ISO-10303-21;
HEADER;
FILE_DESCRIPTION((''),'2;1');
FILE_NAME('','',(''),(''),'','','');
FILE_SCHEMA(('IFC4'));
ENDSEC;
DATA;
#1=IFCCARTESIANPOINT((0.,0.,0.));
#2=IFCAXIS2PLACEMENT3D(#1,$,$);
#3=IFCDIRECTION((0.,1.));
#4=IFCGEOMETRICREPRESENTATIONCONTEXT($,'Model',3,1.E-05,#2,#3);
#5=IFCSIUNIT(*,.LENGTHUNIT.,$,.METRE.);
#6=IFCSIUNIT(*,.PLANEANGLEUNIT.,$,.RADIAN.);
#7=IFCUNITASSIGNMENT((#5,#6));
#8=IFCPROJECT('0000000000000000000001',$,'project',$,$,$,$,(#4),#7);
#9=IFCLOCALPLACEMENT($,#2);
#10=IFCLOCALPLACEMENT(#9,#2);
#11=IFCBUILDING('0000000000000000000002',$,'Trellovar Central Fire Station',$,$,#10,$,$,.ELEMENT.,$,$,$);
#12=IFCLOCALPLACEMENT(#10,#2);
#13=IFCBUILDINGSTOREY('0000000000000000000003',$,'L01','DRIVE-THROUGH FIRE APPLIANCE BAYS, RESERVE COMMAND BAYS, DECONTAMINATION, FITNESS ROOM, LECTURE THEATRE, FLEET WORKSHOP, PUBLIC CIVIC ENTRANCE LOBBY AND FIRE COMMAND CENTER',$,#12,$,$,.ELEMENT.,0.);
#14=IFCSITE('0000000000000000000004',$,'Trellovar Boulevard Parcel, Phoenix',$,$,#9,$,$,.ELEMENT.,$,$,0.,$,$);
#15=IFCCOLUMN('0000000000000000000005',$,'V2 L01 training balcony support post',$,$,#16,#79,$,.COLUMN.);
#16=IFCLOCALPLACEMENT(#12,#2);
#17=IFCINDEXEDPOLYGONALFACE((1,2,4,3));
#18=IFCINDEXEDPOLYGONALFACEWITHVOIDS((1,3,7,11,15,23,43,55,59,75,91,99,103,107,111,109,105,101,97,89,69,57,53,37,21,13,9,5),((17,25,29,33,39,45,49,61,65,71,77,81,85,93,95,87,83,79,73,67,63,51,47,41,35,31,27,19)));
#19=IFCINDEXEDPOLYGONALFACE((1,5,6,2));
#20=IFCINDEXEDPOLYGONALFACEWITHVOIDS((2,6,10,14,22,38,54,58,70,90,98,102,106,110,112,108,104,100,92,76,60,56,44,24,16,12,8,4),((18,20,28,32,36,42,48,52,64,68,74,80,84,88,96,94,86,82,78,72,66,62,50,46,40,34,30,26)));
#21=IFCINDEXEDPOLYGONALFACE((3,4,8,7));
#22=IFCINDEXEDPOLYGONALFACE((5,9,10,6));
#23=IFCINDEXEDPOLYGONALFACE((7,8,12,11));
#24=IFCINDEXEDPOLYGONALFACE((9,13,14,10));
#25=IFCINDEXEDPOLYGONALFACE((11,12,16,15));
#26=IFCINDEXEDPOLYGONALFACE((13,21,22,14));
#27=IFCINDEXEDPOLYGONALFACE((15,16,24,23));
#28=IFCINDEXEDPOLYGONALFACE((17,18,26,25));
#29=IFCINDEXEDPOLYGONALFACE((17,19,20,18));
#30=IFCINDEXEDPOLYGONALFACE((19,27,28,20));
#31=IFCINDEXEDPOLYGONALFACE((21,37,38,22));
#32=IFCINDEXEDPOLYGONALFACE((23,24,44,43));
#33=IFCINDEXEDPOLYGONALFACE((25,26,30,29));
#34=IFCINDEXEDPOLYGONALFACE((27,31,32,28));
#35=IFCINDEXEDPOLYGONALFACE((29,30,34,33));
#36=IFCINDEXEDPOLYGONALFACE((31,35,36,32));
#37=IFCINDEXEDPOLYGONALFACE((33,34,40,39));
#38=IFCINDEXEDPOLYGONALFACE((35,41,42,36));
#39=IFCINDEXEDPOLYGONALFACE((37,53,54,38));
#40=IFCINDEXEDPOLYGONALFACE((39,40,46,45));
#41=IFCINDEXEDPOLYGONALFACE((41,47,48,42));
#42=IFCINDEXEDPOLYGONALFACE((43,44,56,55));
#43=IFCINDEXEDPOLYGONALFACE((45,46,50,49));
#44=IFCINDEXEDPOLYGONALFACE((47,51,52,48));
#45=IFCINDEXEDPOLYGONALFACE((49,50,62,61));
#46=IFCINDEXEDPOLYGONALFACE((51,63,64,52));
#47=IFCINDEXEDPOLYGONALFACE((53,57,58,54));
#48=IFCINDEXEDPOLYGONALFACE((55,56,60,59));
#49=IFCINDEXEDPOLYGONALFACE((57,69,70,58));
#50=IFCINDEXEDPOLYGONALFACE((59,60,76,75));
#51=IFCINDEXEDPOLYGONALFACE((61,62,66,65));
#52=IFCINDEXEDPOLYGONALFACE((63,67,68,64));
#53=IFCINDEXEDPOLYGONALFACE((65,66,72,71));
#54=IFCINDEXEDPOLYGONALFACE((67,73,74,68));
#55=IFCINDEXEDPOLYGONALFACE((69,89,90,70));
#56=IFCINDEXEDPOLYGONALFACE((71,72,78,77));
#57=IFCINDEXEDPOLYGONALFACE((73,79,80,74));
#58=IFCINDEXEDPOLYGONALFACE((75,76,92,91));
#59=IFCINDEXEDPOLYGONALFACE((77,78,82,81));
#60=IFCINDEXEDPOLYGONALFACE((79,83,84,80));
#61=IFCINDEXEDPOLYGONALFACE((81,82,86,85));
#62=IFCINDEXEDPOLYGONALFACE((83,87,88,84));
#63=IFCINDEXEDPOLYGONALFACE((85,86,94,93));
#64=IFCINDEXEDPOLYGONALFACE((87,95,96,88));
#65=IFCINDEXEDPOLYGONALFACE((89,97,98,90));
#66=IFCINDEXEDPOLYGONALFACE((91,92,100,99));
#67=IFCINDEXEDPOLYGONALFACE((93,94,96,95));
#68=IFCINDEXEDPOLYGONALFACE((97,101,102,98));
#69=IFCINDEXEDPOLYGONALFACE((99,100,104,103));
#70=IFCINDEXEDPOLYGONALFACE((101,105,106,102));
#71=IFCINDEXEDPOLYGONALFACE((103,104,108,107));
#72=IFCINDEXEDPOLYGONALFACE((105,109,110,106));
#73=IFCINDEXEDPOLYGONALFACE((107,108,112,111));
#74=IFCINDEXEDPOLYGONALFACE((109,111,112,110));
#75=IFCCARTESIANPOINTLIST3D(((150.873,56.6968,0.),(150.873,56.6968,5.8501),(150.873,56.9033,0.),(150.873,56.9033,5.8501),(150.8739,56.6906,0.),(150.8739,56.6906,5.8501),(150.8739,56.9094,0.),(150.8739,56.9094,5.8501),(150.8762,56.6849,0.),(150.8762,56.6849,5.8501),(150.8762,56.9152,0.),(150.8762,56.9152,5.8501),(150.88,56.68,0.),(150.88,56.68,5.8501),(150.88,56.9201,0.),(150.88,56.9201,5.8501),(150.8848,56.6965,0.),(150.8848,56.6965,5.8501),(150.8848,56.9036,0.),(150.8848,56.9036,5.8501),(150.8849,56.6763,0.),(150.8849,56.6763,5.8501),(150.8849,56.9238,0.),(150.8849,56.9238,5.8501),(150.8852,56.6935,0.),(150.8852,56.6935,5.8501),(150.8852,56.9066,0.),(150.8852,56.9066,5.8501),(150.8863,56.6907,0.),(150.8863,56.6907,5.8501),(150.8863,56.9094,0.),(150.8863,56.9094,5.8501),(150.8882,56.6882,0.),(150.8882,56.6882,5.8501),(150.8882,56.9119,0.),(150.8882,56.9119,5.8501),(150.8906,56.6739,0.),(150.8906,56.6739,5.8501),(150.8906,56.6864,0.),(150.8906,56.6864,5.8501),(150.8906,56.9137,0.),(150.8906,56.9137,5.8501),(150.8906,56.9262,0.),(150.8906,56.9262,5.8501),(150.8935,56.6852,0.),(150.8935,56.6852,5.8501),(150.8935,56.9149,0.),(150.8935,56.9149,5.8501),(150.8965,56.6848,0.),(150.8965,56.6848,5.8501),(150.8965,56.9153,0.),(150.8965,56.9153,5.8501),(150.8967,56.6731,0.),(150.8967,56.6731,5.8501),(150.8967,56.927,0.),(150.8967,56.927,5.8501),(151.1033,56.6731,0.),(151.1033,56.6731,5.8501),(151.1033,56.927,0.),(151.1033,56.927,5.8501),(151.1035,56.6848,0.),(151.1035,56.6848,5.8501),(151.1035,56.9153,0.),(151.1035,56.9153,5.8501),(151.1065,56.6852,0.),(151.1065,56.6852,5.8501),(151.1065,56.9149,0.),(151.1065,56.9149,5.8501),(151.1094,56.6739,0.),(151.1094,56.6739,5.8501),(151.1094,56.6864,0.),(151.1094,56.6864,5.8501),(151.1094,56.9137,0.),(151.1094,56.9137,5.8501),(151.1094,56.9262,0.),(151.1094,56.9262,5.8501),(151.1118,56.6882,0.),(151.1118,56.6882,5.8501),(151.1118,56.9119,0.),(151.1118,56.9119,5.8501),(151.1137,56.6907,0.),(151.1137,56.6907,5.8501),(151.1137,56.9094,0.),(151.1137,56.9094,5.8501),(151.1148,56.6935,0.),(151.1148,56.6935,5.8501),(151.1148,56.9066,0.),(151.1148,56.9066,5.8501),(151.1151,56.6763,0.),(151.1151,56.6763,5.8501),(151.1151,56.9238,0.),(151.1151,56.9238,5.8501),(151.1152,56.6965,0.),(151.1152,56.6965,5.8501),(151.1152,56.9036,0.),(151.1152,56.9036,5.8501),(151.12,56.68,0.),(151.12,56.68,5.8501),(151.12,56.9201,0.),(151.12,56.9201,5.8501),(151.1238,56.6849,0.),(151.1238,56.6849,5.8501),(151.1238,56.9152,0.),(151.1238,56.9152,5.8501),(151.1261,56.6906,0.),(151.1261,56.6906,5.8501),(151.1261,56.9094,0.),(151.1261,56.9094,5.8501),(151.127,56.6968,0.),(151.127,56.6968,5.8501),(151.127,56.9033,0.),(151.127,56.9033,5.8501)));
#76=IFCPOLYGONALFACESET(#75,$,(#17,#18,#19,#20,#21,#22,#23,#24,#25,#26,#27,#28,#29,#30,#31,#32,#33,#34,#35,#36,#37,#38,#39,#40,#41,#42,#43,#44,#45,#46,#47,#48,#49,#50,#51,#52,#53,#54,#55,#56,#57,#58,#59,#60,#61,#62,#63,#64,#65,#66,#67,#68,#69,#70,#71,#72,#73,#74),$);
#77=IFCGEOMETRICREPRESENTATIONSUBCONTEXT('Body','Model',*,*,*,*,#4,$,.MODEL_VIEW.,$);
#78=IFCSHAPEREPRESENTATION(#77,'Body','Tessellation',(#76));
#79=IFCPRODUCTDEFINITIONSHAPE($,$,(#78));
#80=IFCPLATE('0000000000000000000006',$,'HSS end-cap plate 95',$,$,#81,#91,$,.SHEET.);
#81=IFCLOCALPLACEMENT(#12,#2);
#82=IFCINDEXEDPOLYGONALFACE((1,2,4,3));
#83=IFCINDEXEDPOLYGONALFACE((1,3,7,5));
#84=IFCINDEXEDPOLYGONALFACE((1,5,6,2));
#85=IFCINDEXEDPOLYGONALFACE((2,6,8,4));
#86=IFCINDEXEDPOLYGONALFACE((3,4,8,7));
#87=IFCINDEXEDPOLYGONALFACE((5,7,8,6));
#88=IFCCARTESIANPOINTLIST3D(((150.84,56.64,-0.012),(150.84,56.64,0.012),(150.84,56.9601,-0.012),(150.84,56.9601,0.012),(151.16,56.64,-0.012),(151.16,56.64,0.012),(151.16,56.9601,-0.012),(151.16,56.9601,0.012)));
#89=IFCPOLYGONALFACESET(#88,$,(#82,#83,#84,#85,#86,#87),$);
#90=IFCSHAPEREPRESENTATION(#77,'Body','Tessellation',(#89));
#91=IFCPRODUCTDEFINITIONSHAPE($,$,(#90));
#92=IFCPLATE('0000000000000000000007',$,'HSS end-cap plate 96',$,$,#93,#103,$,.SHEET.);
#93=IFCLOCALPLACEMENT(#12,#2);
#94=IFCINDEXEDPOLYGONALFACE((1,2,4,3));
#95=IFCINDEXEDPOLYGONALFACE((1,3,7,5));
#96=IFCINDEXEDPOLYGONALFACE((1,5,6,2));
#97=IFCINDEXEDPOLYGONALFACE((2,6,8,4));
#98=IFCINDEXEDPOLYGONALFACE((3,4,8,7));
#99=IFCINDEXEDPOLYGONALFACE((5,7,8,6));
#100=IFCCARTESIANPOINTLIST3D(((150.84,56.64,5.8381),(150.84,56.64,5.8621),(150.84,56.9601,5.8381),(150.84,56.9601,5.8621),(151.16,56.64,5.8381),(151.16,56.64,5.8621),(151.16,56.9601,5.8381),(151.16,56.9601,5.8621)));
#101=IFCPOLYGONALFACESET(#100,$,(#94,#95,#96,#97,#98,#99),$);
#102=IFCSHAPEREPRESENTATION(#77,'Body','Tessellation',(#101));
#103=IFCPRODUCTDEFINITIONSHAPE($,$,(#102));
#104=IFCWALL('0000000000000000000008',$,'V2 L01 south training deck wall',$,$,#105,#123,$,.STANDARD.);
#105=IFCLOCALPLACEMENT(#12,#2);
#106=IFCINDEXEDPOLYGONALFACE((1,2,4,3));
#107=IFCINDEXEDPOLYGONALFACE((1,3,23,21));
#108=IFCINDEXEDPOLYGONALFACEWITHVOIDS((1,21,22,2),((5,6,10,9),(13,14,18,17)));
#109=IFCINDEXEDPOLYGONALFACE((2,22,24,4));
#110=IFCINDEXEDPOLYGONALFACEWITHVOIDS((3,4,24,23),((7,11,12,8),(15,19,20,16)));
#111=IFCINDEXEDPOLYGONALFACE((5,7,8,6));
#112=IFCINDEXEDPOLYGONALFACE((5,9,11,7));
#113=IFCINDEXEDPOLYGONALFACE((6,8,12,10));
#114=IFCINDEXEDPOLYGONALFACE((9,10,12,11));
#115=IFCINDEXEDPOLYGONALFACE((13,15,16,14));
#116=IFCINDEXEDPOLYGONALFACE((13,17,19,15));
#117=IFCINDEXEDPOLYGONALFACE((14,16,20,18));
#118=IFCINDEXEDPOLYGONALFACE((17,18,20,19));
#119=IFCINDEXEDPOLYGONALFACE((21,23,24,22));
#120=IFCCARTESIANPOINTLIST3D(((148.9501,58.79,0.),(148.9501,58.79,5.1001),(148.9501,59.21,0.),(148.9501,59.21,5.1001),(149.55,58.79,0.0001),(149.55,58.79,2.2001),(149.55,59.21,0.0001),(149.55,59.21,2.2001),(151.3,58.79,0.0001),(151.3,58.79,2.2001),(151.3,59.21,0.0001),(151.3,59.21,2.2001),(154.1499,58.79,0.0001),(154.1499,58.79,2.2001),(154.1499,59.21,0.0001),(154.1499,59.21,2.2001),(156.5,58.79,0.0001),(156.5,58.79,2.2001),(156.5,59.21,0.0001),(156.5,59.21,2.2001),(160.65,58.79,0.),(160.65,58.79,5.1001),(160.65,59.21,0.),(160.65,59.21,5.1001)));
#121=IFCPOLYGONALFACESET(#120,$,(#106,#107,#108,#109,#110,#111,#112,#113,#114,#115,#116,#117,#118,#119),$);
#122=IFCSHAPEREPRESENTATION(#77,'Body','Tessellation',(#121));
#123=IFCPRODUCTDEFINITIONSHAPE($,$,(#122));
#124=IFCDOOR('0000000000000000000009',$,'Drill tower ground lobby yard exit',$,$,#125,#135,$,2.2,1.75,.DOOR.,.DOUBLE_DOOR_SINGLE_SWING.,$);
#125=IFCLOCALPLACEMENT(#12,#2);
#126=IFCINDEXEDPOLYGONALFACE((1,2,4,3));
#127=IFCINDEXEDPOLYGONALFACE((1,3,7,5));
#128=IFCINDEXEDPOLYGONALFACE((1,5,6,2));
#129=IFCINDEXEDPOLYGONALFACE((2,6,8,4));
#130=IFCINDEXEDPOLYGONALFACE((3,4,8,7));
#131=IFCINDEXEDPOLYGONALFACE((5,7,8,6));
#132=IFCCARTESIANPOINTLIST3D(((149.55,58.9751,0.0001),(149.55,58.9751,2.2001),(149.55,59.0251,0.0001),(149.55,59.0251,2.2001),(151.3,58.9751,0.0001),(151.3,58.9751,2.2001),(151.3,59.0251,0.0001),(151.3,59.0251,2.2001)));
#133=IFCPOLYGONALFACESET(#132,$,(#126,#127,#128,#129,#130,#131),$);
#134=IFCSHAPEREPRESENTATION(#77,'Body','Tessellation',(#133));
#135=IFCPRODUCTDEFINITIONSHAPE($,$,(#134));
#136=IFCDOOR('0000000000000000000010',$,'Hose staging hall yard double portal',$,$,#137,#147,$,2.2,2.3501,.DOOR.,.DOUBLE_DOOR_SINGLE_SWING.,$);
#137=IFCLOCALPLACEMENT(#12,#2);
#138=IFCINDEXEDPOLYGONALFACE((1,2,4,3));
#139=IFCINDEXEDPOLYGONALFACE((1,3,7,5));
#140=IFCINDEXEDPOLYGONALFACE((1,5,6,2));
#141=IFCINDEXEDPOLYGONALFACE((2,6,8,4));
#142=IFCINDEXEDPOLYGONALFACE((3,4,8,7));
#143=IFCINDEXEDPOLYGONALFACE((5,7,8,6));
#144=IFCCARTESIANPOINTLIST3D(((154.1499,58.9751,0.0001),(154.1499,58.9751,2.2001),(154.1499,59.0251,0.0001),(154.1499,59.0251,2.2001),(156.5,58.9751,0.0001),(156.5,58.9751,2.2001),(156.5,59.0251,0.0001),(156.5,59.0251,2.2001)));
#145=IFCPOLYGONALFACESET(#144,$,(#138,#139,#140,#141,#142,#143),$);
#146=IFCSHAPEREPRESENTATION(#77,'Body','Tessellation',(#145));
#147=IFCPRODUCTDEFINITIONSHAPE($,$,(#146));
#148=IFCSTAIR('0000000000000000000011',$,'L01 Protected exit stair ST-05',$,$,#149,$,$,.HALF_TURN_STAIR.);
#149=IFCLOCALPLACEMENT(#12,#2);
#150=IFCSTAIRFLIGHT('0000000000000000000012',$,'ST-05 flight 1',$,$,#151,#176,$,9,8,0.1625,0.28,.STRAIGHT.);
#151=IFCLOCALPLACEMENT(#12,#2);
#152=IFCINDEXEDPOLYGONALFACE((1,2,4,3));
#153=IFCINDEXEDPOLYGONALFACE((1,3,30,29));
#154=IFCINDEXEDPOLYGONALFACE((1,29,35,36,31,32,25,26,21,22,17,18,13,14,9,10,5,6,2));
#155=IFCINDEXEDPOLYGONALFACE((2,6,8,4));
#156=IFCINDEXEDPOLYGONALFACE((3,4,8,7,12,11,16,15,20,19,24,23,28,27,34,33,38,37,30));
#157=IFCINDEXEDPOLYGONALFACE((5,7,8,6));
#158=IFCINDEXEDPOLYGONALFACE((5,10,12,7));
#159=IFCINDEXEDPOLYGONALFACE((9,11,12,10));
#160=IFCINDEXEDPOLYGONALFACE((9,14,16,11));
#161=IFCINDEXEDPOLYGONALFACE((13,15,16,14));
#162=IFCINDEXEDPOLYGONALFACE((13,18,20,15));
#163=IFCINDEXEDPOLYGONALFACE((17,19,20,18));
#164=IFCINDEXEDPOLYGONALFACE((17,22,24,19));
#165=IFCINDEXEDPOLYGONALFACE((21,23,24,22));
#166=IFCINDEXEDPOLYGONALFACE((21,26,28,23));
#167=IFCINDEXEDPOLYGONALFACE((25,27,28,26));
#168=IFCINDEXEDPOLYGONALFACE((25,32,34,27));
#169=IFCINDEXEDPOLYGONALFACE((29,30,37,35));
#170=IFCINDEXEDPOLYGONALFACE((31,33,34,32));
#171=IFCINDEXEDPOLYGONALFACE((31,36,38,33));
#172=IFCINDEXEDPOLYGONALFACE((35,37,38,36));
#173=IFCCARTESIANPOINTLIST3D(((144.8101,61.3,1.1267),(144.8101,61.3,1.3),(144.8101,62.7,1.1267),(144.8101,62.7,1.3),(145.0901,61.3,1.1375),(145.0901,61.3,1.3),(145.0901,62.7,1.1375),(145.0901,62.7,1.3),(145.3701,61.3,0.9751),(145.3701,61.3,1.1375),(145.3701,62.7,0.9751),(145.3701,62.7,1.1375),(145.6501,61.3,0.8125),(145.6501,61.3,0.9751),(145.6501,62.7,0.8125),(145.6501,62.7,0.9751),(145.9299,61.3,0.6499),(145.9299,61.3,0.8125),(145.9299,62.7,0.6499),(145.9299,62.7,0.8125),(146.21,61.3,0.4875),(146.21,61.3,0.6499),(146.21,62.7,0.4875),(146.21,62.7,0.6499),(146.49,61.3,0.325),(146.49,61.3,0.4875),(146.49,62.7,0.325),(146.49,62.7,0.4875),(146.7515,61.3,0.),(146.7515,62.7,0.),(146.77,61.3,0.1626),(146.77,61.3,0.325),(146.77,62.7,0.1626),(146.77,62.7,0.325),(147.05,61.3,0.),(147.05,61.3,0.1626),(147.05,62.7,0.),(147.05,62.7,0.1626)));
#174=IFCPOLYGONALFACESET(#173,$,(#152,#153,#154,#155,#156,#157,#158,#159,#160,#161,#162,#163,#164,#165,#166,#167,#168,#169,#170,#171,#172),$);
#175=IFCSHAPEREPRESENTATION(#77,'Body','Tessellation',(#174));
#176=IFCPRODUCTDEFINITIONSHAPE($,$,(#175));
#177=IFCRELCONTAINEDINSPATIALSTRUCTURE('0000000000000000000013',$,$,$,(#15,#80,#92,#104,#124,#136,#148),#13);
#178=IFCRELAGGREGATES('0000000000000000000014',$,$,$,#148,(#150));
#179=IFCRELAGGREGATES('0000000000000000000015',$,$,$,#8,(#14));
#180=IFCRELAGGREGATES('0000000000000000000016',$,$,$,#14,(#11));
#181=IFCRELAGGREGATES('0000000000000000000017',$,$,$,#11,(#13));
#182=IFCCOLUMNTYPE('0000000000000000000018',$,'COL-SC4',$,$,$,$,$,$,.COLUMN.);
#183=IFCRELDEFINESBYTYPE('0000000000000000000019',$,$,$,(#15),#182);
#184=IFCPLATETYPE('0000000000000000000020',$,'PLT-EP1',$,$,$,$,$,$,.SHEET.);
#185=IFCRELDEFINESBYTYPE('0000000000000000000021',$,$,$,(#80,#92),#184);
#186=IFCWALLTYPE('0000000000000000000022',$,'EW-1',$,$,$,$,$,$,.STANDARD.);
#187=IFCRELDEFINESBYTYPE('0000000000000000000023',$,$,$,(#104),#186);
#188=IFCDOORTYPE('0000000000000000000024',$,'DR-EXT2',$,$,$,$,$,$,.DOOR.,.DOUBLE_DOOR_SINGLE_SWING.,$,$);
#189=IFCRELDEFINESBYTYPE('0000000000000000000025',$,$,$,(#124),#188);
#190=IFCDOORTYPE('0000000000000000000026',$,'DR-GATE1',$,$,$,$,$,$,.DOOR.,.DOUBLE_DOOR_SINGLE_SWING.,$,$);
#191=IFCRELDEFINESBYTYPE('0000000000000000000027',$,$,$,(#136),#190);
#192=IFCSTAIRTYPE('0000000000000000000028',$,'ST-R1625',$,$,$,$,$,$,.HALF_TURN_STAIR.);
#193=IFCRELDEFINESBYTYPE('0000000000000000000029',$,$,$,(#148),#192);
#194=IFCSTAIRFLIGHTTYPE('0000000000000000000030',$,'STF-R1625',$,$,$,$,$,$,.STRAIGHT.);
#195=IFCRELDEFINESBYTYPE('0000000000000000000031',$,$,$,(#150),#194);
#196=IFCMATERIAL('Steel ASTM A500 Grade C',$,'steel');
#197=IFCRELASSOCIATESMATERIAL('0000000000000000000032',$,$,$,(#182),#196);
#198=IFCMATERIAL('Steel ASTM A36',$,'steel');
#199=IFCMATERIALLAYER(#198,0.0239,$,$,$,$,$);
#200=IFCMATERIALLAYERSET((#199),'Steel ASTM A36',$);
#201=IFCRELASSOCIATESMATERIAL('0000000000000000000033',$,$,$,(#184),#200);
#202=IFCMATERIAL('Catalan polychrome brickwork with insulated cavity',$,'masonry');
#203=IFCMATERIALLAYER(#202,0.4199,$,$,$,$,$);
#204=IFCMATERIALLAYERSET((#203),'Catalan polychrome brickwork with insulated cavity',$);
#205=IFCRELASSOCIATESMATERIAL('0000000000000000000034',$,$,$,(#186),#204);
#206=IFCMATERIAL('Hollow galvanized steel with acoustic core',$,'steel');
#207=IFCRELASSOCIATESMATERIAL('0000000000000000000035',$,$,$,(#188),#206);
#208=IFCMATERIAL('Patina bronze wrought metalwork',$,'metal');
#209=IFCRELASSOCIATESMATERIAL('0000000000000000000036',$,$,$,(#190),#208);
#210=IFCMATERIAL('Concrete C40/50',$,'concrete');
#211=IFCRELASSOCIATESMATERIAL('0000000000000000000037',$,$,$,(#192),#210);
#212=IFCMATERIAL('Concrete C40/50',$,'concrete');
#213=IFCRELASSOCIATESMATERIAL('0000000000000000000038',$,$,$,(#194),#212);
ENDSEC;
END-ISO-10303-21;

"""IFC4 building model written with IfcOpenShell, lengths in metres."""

from ifc_helpers import new_model, si_unit, direction, frame, frame_2d, origin, origin_2d, place, context, subcontext, project, spatial, polyline, rectangle, hollow_rectangle, outline, extrude, material, layer, layer_set, material_profile, profile_set, type_object, element, fill, aggregate, save


model = new_model("IFC4")

# Units and contexts
model_context = context("Model", 3, precision=1e-05, world=origin(), true_north=direction((0.0, 1.0)))
body_context = subcontext(model_context, "Body", "Model", "MODEL_VIEW")
ifc_project = project(units=[si_unit("LENGTHUNIT", "METRE"), si_unit("PLANEANGLEUNIT", "RADIAN")], contexts=[model_context])

# Site, building, storey
site_placement = place(None, origin())
site = spatial("IfcSite", under=ifc_project, at=site_placement, Name="Trellovar Boulevard Parcel, Phoenix", CompositionType="ELEMENT", RefElevation=0.0)
building_placement = place(site_placement, origin())
building = spatial("IfcBuilding", under=site, at=building_placement, Name="Trellovar Central Fire Station", CompositionType="ELEMENT")
storey_placement = place(building_placement, origin())
storey = spatial("IfcBuildingStorey", under=building, at=storey_placement, Name="L01", Description="DRIVE-THROUGH FIRE APPLIANCE BAYS, RESERVE COMMAND BAYS, DECONTAMINATION, FITNESS ROOM, LECTURE THEATRE, FLEET WORKSHOP, PUBLIC CIVIC ENTRANCE LOBBY AND FIRE COMMAND CENTER", CompositionType="ELEMENT", Elevation=0.0)

# Column
ifc_material_1 = material(Name="Steel ASTM A500 Grade C", Category="steel")
ifc_material_profile_1 = material_profile(ifc_material_1, hollow_rectangle(XDim=0.2539, YDim=0.2539, WallThickness=0.0117, InnerFilletRadius=0.0117, OuterFilletRadius=0.0237, at=origin_2d()), Name="HSS10X10X1/2")
ifc_profile_set_1 = profile_set([ifc_material_profile_1], Name="Steel ASTM A500 Grade C")
column_type_1 = type_object("IfcColumnType", Name="COL-SC4", PredefinedType="COLUMN", material=ifc_profile_set_1)
column_1_placement = place(storey_placement, frame((151.0, 56.8, 0.0), z_axis=(0.0, 0.0, 1.0), x_axis=(1.0, 0.0, 0.0)))
element("IfcColumn", 1, at=column_1_placement, inside=storey, type_object=column_type_1, Name="V2 L01 training balcony support post", PredefinedType="COLUMN", context=body_context, shape_type="SweptSolid", body=[
    extrude(hollow_rectangle(XDim=0.2539, YDim=0.2539, WallThickness=0.0117, InnerFilletRadius=0.0117, OuterFilletRadius=0.0237, at=origin_2d()), origin(), (0.0, 0.0, 1.0), 5.8501),
])

# Plates
ifc_material_2 = material(Name="Steel ASTM A36", Category="steel")
ifc_layer_1 = layer(ifc_material_2, 0.0239)
ifc_layer_set_1 = layer_set([ifc_layer_1], Name="Steel ASTM A36")
plate_type = type_object("IfcPlateType", Name="PLT-EP1", PredefinedType="SHEET", material=ifc_layer_set_1)
for number, where, z_axis, x_axis, name in (
    (2, (151.0, 56.8, -0.012), (0.0, 0.0, 1.0), (1.0, 0.0, 0.0), "HSS end-cap plate 95"),
    (3, (151.0, 56.8, 5.8381), (0.0, 0.0, 1.0), (1.0, 0.0, 0.0), "HSS end-cap plate 96"),
):
    element("IfcPlate", number, at=place(storey_placement, frame(where, z_axis=z_axis, x_axis=x_axis)), inside=storey, type_object=plate_type, Name=name, PredefinedType="SHEET", context=body_context, shape_type="SweptSolid", body=[
        extrude(rectangle(XDim=0.3201, YDim=0.3201, at=origin_2d()), origin(), (0.0, 0.0, 1.0), 0.0239),
    ])

# Wall, openings, doors
ifc_material_3 = material(Name="Catalan polychrome brickwork with insulated cavity", Category="masonry")
ifc_layer_2 = layer(ifc_material_3, 0.4199)
ifc_layer_set_2 = layer_set([ifc_layer_2], Name="Catalan polychrome brickwork with insulated cavity")
wall_type = type_object("IfcWallType", Name="EW-1", PredefinedType="STANDARD", material=ifc_layer_set_2)
wall_placement = place(storey_placement, frame((148.95, 59.0, 0.0), z_axis=(0.0, 0.0, 1.0), x_axis=(1.0, 0.0, 0.0)))
wall = element("IfcWall", 4, at=wall_placement, inside=storey, type_object=wall_type, Name="V2 L01 south training deck wall", PredefinedType="STANDARD", context=body_context, shape_type="SweptSolid", body=[
    extrude(rectangle(XDim=11.7, YDim=0.4199, at=frame_2d((5.8501, 0.0))), origin(), (0.0, 0.0, 1.0), 5.1001),
])
opening_1_placement = place(wall_placement, frame((0.6001, 0.0, 0.0)))
opening_1 = element("IfcOpeningElement", 5, at=opening_1_placement, cuts=wall, PredefinedType="OPENING", context=body_context, shape_type="SweptSolid", body=[
    extrude(rectangle(XDim=1.75, YDim=2.2, at=frame_2d((0.875, 1.1001))), frame((0.0, 0.22, 0.0), z_axis=(0.0, -1.0, 0.0), x_axis=(1.0, 0.0, 0.0)), (0.0, 0.0, 1.0), 0.4399),
])
opening_2_placement = place(wall_placement, frame((5.2, 0.0, 0.0)))
opening_2 = element("IfcOpeningElement", 6, at=opening_2_placement, cuts=wall, PredefinedType="OPENING", context=body_context, shape_type="SweptSolid", body=[
    extrude(rectangle(XDim=2.3501, YDim=2.2, at=frame_2d((1.175, 1.1001))), frame((0.0, 0.22, 0.0), z_axis=(0.0, -1.0, 0.0), x_axis=(1.0, 0.0, 0.0)), (0.0, 0.0, 1.0), 0.4399),
])
ifc_material_4 = material(Name="Hollow galvanized steel with acoustic core", Category="steel")
door_type_1 = type_object("IfcDoorType", Name="DR-EXT2", OperationType="DOUBLE_DOOR_SINGLE_SWING", PredefinedType="DOOR", material=ifc_material_4)
door_1_placement = place(opening_1_placement, frame((1.75, 0.0, 0.0), z_axis=(0.0, 0.0, 1.0), x_axis=(-1.0, 0.0, 0.0)))
door_1 = element("IfcDoor", 7, at=door_1_placement, inside=storey, type_object=door_type_1, Name="Drill tower ground lobby yard exit", OperationType="DOUBLE_DOOR_SINGLE_SWING", OverallHeight=2.2, OverallWidth=1.75, PredefinedType="DOOR", context=body_context, shape_type="SweptSolid", body=[
    extrude(rectangle(XDim=1.75, YDim=2.2, at=frame_2d((0.875, 1.1001))), frame((0.0, 0.0249, 0.0), z_axis=(0.0, -1.0, 0.0), x_axis=(1.0, 0.0, 0.0)), (0.0, 0.0, 1.0), 0.05),
])
fill(opening_1, door_1)
ifc_material_5 = material(Name="Patina bronze wrought metalwork", Category="metal")
door_type_2 = type_object("IfcDoorType", Name="DR-GATE1", OperationType="DOUBLE_DOOR_SINGLE_SWING", PredefinedType="DOOR", material=ifc_material_5)
door_2_placement = place(opening_2_placement, frame((2.3501, 0.0, 0.0), z_axis=(0.0, 0.0, 1.0), x_axis=(-1.0, 0.0, 0.0)))
door_2 = element("IfcDoor", 8, at=door_2_placement, inside=storey, type_object=door_type_2, Name="Hose staging hall yard double portal", OperationType="DOUBLE_DOOR_SINGLE_SWING", OverallHeight=2.2, OverallWidth=2.3501, PredefinedType="DOOR", context=body_context, shape_type="SweptSolid", body=[
    extrude(rectangle(XDim=2.3501, YDim=2.2, at=frame_2d((1.175, 1.1001))), frame((0.0, 0.0249, 0.0), z_axis=(0.0, -1.0, 0.0), x_axis=(1.0, 0.0, 0.0)), (0.0, 0.0, 1.0), 0.05),
])
fill(opening_2, door_2)

# Stair, stair flight
ifc_material_6 = material(Name="Concrete C40/50", Category="concrete")
stair_type = type_object("IfcStairType", Name="ST-R1625", PredefinedType="HALF_TURN_STAIR", material=ifc_material_6)
stair_placement = place(storey_placement, origin())
stair = element("IfcStair", 9, at=stair_placement, inside=storey, type_object=stair_type, Name="L01 Protected exit stair ST-05", PredefinedType="HALF_TURN_STAIR")
ifc_material_7 = material(Name="Concrete C40/50", Category="concrete")
stair_flight_type = type_object("IfcStairFlightType", Name="STF-R1625", PredefinedType="STRAIGHT", material=ifc_material_7)
stair_flight_1_placement = place(storey_placement, frame((147.05, 62.0, 0.0), z_axis=(0.0, 0.0, 1.0), x_axis=(-1.0, 0.0, 0.0)))
stair_flight_1 = element("IfcStairFlight", 10, at=stair_flight_1_placement, type_object=stair_flight_type, Name="ST-05 flight 1", NumberOfRisers=9, NumberOfTreads=8, PredefinedType="STRAIGHT", RiserHeight=0.1625, TreadLength=0.28, context=body_context, shape_type="SweptSolid", body=[
    extrude(outline(polyline([(0.0, 0.0), (0.0, 0.1626), (0.28, 0.1626), (0.28, 0.325), (0.5601, 0.325), (0.5601, 0.4875), (0.8401, 0.4875), (0.8401, 0.6499), (1.1201, 0.6499), (1.1201, 0.8125), (1.3999, 0.8125), (1.3999, 0.9751), (1.6799, 0.9751), (1.6799, 1.1375), (1.96, 1.1375), (1.96, 1.3), (2.24, 1.3), (2.24, 1.4624), (2.24, 1.1267), (0.2986, 0.0), (0.0, 0.0)])), frame((0.0, 0.7, 0.0), z_axis=(0.0, -1.0, 0.0), x_axis=(1.0, 0.0, 0.0)), (0.0, 0.0, 1.0), 1.3999),
])
aggregate(stair, [stair_flight_1])

save(model, "model.ifc")
